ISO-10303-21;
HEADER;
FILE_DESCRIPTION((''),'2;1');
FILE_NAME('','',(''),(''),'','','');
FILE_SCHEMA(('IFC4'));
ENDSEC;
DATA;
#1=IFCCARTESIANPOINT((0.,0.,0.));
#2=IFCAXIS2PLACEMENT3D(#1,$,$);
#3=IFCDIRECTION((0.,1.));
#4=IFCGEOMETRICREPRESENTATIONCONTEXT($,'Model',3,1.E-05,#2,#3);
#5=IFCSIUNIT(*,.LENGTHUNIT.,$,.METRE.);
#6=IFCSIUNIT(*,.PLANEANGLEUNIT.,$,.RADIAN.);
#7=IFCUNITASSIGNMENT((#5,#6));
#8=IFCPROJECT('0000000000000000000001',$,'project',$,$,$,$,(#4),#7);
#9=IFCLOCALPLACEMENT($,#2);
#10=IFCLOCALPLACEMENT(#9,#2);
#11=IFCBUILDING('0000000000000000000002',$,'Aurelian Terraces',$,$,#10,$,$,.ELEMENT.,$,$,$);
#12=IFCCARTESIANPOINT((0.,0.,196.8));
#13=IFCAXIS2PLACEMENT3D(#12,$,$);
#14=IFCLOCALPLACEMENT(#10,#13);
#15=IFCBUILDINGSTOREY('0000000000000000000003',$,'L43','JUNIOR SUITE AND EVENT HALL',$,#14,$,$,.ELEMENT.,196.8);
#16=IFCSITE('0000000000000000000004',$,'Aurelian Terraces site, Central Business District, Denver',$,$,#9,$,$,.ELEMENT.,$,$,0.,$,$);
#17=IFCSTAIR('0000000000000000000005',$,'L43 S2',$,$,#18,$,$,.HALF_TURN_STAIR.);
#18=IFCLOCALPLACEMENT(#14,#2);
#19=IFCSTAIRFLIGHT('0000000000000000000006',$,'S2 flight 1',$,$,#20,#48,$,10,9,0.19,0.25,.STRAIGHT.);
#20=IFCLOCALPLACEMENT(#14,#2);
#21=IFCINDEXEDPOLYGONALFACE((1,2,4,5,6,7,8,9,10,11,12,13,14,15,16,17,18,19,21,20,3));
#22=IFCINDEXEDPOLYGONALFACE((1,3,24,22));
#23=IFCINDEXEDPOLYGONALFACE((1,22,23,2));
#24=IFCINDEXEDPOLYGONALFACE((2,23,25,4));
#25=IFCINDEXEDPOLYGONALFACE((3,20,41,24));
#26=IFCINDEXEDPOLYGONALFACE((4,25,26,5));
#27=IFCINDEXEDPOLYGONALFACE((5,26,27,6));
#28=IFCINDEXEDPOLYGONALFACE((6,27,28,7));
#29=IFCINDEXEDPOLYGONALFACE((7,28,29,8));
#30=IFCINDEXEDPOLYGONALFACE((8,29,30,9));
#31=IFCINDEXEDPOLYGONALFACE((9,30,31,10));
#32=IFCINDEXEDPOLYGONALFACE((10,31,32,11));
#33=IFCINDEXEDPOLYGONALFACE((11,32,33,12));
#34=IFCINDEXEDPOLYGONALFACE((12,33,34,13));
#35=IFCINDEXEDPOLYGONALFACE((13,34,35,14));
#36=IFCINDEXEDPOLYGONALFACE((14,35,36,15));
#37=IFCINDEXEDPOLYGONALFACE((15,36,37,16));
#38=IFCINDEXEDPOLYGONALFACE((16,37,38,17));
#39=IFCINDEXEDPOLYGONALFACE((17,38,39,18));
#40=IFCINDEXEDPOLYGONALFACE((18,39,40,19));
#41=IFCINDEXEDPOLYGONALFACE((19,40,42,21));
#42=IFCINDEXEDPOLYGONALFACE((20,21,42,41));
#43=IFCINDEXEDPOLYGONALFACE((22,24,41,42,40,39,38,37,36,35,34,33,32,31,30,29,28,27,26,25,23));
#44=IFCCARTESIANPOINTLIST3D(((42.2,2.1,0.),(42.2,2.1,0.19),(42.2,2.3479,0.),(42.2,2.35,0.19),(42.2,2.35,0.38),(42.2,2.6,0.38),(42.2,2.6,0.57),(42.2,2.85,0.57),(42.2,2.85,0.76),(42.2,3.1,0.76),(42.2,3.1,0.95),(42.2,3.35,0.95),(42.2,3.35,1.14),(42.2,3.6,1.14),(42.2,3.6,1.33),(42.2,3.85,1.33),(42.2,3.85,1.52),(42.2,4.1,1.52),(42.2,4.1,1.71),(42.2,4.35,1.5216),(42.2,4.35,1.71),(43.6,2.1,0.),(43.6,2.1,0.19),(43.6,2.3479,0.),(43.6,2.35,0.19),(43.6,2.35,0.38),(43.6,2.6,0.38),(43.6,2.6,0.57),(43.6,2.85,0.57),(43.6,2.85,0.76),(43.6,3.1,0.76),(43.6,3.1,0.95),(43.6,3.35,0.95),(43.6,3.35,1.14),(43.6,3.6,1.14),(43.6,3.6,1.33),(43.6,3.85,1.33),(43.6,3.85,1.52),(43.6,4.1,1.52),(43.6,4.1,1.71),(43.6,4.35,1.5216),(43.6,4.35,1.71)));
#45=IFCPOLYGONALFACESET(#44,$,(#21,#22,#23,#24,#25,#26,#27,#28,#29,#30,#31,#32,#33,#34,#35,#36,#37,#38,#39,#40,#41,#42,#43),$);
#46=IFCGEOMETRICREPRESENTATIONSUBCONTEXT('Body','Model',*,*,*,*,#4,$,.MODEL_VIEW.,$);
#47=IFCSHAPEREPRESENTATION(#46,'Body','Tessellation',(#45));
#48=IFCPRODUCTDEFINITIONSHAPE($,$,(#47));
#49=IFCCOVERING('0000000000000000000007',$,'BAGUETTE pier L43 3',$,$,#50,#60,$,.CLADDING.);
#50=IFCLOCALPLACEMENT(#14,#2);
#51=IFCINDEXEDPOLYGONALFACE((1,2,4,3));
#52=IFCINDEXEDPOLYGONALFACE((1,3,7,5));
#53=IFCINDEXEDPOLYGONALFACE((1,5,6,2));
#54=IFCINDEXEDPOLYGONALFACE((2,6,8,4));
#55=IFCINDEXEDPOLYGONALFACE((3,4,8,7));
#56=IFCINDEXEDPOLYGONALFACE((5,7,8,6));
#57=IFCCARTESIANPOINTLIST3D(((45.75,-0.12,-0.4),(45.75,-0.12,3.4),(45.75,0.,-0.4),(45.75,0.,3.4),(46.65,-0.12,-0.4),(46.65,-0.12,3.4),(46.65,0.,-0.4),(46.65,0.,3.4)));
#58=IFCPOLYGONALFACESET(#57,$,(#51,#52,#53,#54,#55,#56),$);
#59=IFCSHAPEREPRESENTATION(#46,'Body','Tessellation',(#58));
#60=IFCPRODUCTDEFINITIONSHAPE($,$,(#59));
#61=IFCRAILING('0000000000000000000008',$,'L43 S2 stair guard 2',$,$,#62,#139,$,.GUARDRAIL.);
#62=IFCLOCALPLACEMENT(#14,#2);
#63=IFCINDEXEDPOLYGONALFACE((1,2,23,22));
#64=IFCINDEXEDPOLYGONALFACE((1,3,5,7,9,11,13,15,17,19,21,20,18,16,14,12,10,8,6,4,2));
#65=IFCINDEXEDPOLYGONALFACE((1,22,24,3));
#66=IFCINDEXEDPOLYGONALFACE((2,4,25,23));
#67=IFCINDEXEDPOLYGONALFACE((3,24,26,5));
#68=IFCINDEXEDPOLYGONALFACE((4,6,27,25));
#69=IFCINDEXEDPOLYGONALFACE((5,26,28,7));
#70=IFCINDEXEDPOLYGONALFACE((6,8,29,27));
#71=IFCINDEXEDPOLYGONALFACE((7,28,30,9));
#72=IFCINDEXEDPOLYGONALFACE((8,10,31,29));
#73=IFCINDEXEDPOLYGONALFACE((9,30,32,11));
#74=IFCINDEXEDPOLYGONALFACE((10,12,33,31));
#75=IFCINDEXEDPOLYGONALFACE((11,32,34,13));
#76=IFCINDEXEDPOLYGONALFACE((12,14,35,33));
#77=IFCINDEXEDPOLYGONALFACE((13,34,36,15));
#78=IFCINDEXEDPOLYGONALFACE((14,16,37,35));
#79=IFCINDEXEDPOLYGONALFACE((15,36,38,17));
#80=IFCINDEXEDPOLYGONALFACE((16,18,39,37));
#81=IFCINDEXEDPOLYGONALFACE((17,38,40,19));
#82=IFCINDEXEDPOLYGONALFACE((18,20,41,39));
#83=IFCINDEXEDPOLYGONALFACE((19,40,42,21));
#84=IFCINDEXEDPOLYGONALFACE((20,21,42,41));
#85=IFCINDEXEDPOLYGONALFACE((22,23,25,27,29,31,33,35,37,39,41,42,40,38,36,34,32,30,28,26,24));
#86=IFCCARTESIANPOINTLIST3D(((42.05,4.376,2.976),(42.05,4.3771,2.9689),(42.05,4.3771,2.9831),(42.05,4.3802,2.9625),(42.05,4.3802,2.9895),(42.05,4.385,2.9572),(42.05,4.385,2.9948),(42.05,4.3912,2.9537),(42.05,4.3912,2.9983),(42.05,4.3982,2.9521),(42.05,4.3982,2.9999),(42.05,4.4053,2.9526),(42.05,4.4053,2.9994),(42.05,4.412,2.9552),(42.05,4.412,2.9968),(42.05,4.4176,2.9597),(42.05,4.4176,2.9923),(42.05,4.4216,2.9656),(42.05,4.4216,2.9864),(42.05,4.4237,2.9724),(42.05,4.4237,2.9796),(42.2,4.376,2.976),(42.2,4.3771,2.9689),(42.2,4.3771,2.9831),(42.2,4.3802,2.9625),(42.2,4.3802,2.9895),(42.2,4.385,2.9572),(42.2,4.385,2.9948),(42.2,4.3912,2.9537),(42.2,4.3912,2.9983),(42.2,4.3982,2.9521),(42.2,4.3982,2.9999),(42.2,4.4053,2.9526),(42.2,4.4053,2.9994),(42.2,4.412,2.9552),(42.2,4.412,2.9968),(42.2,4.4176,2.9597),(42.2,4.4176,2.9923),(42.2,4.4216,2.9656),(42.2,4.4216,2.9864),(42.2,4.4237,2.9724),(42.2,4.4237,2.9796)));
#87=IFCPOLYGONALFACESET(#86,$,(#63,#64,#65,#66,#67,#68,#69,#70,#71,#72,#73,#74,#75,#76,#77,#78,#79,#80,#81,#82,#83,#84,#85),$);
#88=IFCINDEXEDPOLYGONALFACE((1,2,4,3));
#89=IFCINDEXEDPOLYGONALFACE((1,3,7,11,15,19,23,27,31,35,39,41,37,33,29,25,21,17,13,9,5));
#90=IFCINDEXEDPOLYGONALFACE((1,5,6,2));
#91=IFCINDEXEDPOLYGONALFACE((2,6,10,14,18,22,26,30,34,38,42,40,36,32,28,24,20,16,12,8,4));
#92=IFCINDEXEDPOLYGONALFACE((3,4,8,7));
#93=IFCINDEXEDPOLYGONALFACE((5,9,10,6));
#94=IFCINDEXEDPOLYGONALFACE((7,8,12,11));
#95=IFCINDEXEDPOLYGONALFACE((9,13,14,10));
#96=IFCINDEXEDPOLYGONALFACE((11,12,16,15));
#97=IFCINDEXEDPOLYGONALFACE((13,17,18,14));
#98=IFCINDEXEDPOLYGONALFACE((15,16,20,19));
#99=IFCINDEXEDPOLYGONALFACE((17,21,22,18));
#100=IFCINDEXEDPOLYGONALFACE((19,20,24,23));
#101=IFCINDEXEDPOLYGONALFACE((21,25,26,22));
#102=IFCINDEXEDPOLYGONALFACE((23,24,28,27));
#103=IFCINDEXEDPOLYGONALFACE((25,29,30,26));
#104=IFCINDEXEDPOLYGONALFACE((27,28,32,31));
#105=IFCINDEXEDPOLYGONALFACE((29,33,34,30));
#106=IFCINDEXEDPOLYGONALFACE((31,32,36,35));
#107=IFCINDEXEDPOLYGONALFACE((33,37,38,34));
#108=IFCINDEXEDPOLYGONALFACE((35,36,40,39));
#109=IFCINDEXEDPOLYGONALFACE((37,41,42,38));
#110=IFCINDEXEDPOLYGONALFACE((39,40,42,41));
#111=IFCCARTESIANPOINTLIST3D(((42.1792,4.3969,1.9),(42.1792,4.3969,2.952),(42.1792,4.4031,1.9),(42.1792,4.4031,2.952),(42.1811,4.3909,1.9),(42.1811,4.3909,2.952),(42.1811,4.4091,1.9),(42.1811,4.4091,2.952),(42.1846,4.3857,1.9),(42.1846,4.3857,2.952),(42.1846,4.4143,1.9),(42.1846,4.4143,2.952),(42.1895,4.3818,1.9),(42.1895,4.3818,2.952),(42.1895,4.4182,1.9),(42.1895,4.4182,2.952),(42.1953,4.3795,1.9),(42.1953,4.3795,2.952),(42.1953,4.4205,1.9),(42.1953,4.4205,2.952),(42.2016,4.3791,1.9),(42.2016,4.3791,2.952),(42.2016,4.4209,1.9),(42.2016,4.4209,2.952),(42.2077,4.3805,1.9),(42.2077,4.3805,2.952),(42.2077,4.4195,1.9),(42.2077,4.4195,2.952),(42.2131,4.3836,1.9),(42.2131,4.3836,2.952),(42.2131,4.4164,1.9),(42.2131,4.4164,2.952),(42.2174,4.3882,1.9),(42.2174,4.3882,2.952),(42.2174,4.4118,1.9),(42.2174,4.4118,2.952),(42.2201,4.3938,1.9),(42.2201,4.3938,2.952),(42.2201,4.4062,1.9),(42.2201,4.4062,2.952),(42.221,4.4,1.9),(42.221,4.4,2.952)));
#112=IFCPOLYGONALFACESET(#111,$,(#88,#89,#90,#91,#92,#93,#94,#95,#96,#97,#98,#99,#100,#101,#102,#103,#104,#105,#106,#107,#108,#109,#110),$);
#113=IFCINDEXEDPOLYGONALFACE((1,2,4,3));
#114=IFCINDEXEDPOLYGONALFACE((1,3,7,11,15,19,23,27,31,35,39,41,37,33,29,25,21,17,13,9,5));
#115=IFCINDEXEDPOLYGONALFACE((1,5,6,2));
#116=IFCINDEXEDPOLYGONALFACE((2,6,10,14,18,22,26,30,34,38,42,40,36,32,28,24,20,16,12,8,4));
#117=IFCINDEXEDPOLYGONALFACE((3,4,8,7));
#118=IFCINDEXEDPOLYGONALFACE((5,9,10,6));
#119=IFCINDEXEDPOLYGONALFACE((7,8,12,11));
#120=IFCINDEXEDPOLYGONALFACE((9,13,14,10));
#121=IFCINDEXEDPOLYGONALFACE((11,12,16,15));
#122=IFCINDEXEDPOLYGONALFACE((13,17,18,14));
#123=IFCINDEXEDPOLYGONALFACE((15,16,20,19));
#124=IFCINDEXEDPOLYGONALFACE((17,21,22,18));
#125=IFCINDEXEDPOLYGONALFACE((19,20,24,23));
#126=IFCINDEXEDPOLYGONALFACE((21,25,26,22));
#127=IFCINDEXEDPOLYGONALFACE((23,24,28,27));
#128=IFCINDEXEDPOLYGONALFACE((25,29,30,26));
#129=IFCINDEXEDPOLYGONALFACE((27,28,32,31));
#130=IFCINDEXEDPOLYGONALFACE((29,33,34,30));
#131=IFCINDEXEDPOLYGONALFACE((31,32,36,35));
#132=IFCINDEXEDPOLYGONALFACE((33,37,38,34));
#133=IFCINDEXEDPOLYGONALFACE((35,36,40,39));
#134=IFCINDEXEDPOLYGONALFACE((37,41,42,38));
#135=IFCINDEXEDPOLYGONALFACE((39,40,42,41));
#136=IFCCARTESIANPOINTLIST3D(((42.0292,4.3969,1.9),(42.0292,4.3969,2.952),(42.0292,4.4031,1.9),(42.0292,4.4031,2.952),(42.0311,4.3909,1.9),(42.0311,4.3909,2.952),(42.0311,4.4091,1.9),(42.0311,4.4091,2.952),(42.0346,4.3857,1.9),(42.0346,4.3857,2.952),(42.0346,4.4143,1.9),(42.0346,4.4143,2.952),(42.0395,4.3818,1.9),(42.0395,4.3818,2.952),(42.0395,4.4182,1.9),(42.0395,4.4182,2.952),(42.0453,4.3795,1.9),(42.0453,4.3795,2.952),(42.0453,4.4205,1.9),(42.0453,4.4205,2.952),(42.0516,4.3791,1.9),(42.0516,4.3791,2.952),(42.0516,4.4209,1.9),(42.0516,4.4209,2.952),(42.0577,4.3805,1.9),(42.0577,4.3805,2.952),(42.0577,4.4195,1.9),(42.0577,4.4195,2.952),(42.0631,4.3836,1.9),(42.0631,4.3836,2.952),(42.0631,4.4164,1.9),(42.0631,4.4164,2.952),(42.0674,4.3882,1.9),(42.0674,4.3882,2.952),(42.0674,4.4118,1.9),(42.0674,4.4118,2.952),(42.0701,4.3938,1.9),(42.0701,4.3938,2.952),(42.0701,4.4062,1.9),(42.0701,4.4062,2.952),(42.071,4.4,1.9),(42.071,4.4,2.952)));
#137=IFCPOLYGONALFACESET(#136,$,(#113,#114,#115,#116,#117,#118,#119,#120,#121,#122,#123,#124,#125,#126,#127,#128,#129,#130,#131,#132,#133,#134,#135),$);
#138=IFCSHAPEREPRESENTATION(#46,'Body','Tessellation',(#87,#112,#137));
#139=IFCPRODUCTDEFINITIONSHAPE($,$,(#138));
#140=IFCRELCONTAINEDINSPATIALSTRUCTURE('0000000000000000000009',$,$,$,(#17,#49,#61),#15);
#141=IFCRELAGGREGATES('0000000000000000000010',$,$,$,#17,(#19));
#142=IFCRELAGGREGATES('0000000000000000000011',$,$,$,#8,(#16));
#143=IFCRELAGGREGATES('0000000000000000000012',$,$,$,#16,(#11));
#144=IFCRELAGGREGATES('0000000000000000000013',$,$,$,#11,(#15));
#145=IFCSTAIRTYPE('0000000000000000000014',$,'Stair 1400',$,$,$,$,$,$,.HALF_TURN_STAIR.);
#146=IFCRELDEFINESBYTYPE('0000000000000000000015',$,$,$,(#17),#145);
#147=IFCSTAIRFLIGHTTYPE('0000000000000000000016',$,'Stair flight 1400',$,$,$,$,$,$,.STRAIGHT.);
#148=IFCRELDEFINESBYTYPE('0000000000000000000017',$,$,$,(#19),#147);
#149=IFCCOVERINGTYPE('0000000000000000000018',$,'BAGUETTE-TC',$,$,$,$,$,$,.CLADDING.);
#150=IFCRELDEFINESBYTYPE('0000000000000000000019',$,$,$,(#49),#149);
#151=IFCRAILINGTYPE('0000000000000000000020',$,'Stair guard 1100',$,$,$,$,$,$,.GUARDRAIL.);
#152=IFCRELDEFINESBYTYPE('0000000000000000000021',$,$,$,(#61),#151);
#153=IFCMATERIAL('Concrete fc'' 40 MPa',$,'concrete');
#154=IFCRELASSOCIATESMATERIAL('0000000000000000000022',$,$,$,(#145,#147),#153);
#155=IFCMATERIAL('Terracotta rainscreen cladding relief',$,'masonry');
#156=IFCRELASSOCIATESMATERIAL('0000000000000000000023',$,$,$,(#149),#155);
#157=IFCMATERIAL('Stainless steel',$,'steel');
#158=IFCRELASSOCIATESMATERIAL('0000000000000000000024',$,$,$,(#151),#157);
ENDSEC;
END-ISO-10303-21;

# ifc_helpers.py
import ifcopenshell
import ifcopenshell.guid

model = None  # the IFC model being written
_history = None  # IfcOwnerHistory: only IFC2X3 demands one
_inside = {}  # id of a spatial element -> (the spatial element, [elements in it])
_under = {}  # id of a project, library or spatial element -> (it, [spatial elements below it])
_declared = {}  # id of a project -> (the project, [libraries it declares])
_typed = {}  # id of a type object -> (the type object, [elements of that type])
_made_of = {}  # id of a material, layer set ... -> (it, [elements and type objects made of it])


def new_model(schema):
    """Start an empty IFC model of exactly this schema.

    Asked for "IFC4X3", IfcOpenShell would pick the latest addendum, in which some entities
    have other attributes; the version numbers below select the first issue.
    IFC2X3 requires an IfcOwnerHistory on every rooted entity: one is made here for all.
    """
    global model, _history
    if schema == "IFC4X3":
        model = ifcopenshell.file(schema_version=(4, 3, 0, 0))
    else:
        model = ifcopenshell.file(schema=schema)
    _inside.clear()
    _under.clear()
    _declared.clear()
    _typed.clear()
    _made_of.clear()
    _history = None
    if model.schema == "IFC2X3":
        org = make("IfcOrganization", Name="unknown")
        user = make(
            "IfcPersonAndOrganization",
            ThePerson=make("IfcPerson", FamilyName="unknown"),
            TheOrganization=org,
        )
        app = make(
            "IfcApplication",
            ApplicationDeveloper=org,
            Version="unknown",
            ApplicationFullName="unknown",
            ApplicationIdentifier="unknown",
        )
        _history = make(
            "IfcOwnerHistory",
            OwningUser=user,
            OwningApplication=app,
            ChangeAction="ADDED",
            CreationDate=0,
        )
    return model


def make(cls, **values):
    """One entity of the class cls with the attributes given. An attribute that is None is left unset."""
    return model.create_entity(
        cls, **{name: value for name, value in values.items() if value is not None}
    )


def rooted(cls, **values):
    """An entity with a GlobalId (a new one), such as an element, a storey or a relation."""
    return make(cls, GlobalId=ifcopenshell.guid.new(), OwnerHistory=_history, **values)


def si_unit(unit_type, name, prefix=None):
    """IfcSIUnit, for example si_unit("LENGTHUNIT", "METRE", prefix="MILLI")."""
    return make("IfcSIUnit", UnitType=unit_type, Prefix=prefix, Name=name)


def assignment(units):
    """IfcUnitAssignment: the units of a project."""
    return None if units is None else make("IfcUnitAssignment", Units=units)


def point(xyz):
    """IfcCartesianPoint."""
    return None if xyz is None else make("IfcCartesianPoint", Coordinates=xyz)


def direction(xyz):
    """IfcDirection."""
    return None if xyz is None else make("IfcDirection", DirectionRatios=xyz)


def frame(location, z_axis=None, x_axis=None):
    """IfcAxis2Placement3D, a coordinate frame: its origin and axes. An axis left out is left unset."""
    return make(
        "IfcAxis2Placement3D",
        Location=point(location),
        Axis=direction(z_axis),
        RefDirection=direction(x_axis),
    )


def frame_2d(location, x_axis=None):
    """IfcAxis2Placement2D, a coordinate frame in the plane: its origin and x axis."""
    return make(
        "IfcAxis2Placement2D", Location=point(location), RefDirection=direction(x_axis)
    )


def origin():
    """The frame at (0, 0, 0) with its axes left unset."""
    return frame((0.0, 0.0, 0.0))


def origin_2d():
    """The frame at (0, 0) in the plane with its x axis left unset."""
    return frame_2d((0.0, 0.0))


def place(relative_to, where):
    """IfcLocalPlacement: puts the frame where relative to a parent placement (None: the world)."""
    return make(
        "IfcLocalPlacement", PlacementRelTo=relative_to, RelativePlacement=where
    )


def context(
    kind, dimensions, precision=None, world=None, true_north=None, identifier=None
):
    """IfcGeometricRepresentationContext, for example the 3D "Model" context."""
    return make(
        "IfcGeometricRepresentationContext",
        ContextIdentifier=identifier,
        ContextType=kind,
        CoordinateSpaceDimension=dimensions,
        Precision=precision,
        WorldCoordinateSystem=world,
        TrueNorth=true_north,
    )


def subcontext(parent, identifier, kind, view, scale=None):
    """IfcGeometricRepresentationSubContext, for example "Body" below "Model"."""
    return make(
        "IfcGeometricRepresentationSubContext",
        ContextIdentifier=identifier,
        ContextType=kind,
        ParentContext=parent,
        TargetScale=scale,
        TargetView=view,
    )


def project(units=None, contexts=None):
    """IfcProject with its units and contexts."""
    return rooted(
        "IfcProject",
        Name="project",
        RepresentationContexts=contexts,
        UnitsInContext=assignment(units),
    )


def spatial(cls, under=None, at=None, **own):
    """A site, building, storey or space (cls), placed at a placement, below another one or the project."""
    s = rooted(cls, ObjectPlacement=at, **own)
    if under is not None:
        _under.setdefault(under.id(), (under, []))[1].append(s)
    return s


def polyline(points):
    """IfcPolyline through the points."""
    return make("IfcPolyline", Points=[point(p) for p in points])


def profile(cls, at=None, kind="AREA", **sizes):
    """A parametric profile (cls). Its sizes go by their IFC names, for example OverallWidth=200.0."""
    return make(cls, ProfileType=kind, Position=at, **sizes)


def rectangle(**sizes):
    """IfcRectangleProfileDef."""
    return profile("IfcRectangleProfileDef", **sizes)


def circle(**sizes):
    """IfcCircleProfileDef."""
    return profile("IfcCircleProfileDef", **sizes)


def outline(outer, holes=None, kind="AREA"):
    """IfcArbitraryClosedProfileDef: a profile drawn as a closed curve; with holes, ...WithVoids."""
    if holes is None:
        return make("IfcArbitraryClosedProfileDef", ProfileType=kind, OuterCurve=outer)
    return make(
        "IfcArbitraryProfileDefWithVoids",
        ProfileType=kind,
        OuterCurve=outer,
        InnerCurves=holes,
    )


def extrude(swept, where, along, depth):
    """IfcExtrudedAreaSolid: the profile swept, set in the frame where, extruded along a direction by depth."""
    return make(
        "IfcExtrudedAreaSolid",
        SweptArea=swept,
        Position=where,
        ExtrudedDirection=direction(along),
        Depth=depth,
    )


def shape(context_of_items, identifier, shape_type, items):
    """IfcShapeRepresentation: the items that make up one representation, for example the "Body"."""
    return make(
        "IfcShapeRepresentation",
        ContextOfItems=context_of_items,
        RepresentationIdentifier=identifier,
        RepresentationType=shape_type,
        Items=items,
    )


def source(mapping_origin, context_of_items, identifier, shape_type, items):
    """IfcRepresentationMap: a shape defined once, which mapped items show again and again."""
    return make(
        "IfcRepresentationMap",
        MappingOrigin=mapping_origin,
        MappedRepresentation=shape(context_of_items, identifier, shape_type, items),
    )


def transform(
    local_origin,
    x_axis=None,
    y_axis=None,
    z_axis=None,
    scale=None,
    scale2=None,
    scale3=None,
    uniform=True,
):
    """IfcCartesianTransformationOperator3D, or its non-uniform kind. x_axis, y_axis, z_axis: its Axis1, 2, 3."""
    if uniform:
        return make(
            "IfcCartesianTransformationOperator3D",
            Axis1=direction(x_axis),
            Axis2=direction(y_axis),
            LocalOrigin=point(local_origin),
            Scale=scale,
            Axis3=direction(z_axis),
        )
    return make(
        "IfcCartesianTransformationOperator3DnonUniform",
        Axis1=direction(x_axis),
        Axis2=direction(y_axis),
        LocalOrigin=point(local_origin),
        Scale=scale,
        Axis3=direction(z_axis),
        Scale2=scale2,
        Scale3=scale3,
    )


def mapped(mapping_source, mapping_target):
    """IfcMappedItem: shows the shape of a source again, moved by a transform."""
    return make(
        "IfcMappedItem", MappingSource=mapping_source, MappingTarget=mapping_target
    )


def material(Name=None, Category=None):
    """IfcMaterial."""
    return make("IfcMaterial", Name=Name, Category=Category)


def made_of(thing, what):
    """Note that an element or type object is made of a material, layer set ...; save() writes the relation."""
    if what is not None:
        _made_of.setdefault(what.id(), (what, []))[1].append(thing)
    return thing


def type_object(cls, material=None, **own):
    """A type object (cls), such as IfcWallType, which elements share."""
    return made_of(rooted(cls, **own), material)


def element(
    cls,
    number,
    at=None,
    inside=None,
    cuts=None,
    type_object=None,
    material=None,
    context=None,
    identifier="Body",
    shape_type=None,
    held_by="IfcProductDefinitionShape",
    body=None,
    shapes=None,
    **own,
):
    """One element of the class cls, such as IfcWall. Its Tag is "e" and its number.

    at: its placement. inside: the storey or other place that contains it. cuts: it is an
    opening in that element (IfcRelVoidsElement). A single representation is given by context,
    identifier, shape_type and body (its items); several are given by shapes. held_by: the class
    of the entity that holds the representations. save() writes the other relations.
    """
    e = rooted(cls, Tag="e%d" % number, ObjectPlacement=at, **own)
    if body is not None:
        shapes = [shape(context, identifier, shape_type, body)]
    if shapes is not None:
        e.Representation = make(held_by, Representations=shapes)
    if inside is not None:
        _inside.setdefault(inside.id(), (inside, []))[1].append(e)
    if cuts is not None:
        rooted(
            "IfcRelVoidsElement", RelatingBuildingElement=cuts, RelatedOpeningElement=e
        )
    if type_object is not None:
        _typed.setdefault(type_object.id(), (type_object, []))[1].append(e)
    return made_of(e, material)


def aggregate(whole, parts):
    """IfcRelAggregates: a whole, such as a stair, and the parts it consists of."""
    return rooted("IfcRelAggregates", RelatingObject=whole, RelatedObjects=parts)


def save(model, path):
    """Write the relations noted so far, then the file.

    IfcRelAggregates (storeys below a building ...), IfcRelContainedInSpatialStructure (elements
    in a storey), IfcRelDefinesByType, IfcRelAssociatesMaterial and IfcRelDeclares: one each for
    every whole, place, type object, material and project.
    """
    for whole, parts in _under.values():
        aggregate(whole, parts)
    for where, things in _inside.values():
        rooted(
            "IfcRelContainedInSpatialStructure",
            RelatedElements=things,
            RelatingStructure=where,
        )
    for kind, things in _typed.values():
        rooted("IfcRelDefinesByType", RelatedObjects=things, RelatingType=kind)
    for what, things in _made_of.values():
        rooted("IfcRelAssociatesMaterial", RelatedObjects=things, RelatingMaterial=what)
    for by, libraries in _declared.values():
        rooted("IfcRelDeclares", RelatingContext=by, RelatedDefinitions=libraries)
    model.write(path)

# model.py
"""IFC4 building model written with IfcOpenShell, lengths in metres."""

from ifc_helpers import new_model, si_unit, direction, frame, origin, origin_2d, place, context, subcontext, project, spatial, polyline, rectangle, circle, outline, extrude, source, transform, mapped, material, type_object, element, aggregate, save


model = new_model("IFC4")

# Units and contexts
model_context = context("Model", 3, precision=1e-05, world=origin(), true_north=direction((0.0, 1.0)))
body_context = subcontext(model_context, "Body", "Model", "MODEL_VIEW")
ifc_project = project(units=[si_unit("LENGTHUNIT", "METRE"), si_unit("PLANEANGLEUNIT", "RADIAN")], contexts=[model_context])

# Site, building, storey
site_placement = place(None, origin())
site = spatial("IfcSite", under=ifc_project, at=site_placement, Name="Aurelian Terraces site, Central Business District, Denver", CompositionType="ELEMENT", RefElevation=0.0)
building_placement = place(site_placement, origin())
building = spatial("IfcBuilding", under=site, at=building_placement, Name="Aurelian Terraces", CompositionType="ELEMENT")
storey_placement = place(building_placement, frame((0.0, 0.0, 196.8)))
storey = spatial("IfcBuildingStorey", under=building, at=storey_placement, Name="L43", Description="JUNIOR SUITE AND EVENT HALL", CompositionType="ELEMENT", Elevation=196.8)

# Shared definitions
ifc_material_1 = material(Name="Concrete fc' 40 MPa", Category="concrete")

# Stair, stair flight
stair_type = type_object("IfcStairType", Name="Stair 1400", PredefinedType="HALF_TURN_STAIR", material=ifc_material_1)
stair_placement = place(storey_placement, origin())
stair = element("IfcStair", 1, at=stair_placement, inside=storey, type_object=stair_type, Name="L43 S2", PredefinedType="HALF_TURN_STAIR")
stair_flight_type = type_object("IfcStairFlightType", Name="Stair flight 1400", PredefinedType="STRAIGHT", material=ifc_material_1)
shared_shape_1 = source(origin(), body_context, "Body", "SweptSolid", [
    extrude(outline(polyline([(0.0, 0.0), (0.0, 0.19), (0.25, 0.19), (0.25, 0.38), (0.5, 0.38), (0.5, 0.57), (0.75, 0.57), (0.75, 0.76), (1.0, 0.76), (1.0, 0.95), (1.25, 0.95), (1.25, 1.14), (1.5, 1.14), (1.5, 1.33), (1.75, 1.33), (1.75, 1.52), (2.0, 1.52), (2.0, 1.71), (2.25, 1.71), (2.25, 1.9), (2.25, 1.5216), (0.2479, 0.0), (0.0, 0.0)])), frame((0.0, 0.7, 0.0), z_axis=(0.0, -1.0, 0.0), x_axis=(1.0, 0.0, 0.0)), (0.0, 0.0, 1.0), 1.4),
])
stair_flight_placement = place(storey_placement, frame((42.9, 2.1, 0.0), z_axis=(0.0, 0.0, 1.0), x_axis=(0.0, 1.0, 0.0)))
stair_flight = element("IfcStairFlight", 2, at=stair_flight_placement, type_object=stair_flight_type, Name="S2 flight 1", NumberOfRisers=10, NumberOfTreads=9, PredefinedType="STRAIGHT", RiserHeight=0.19, TreadLength=0.25, context=body_context, shape_type="MappedRepresentation", body=[
    mapped(shared_shape_1, transform((0.0, 0.0, 0.0), scale=1.0)),
])
aggregate(stair, [stair_flight])

# Covering
ifc_material_2 = material(Name="Terracotta rainscreen cladding relief", Category="masonry")
covering_type = type_object("IfcCoveringType", Name="BAGUETTE-TC", PredefinedType="CLADDING", material=ifc_material_2)
shared_shape_2 = source(origin(), body_context, "Body", "SweptSolid", [
    extrude(rectangle(XDim=0.9, YDim=0.12, at=origin_2d()), origin(), (0.0, 0.0, 1.0), 3.8),
])
covering_placement = place(storey_placement, frame((46.2, -0.06, -0.4), z_axis=(0.0, 0.0, 1.0), x_axis=(1.0, 0.0, 0.0)))
element("IfcCovering", 3, at=covering_placement, inside=storey, type_object=covering_type, Name="BAGUETTE pier L43 3", PredefinedType="CLADDING", context=body_context, shape_type="MappedRepresentation", body=[
    mapped(shared_shape_2, transform((0.0, 0.0, 0.0), scale=1.0)),
])

# Railing
ifc_material_3 = material(Name="Stainless steel", Category="steel")
railing_type_1 = type_object("IfcRailingType", Name="Stair guard 1100", PredefinedType="GUARDRAIL", material=ifc_material_3)
shared_shape_3 = source(origin(), body_context, "Body", "SweptSolid", [
    extrude(circle(Radius=0.024, at=origin_2d()), frame((0.0, 0.0, 1.076), z_axis=(-1.0, 0.0, 0.0), x_axis=(0.0, -1.0, 0.0)), (0.0, 0.0, 1.0), 0.15),
    extrude(circle(Radius=0.021, at=origin_2d()), origin(), (0.0, 0.0, 1.0), 1.052),
    extrude(circle(Radius=0.021, at=origin_2d()), frame((-0.15, 0.0, 0.0)), (0.0, 0.0, 1.0), 1.052),
])
for number, where, name in (
    (4, (42.2, 4.4, 1.9), "L43 S2 stair guard 2"),
):
    element("IfcRailing", number, at=place(storey_placement, frame(where)), inside=storey, type_object=railing_type_1, Name=name, PredefinedType="GUARDRAIL", context=body_context, shape_type="MappedRepresentation", body=[
        mapped(shared_shape_3, transform((0.0, 0.0, 0.0), scale=1.0)),
    ])

save(model, "model.ifc")
